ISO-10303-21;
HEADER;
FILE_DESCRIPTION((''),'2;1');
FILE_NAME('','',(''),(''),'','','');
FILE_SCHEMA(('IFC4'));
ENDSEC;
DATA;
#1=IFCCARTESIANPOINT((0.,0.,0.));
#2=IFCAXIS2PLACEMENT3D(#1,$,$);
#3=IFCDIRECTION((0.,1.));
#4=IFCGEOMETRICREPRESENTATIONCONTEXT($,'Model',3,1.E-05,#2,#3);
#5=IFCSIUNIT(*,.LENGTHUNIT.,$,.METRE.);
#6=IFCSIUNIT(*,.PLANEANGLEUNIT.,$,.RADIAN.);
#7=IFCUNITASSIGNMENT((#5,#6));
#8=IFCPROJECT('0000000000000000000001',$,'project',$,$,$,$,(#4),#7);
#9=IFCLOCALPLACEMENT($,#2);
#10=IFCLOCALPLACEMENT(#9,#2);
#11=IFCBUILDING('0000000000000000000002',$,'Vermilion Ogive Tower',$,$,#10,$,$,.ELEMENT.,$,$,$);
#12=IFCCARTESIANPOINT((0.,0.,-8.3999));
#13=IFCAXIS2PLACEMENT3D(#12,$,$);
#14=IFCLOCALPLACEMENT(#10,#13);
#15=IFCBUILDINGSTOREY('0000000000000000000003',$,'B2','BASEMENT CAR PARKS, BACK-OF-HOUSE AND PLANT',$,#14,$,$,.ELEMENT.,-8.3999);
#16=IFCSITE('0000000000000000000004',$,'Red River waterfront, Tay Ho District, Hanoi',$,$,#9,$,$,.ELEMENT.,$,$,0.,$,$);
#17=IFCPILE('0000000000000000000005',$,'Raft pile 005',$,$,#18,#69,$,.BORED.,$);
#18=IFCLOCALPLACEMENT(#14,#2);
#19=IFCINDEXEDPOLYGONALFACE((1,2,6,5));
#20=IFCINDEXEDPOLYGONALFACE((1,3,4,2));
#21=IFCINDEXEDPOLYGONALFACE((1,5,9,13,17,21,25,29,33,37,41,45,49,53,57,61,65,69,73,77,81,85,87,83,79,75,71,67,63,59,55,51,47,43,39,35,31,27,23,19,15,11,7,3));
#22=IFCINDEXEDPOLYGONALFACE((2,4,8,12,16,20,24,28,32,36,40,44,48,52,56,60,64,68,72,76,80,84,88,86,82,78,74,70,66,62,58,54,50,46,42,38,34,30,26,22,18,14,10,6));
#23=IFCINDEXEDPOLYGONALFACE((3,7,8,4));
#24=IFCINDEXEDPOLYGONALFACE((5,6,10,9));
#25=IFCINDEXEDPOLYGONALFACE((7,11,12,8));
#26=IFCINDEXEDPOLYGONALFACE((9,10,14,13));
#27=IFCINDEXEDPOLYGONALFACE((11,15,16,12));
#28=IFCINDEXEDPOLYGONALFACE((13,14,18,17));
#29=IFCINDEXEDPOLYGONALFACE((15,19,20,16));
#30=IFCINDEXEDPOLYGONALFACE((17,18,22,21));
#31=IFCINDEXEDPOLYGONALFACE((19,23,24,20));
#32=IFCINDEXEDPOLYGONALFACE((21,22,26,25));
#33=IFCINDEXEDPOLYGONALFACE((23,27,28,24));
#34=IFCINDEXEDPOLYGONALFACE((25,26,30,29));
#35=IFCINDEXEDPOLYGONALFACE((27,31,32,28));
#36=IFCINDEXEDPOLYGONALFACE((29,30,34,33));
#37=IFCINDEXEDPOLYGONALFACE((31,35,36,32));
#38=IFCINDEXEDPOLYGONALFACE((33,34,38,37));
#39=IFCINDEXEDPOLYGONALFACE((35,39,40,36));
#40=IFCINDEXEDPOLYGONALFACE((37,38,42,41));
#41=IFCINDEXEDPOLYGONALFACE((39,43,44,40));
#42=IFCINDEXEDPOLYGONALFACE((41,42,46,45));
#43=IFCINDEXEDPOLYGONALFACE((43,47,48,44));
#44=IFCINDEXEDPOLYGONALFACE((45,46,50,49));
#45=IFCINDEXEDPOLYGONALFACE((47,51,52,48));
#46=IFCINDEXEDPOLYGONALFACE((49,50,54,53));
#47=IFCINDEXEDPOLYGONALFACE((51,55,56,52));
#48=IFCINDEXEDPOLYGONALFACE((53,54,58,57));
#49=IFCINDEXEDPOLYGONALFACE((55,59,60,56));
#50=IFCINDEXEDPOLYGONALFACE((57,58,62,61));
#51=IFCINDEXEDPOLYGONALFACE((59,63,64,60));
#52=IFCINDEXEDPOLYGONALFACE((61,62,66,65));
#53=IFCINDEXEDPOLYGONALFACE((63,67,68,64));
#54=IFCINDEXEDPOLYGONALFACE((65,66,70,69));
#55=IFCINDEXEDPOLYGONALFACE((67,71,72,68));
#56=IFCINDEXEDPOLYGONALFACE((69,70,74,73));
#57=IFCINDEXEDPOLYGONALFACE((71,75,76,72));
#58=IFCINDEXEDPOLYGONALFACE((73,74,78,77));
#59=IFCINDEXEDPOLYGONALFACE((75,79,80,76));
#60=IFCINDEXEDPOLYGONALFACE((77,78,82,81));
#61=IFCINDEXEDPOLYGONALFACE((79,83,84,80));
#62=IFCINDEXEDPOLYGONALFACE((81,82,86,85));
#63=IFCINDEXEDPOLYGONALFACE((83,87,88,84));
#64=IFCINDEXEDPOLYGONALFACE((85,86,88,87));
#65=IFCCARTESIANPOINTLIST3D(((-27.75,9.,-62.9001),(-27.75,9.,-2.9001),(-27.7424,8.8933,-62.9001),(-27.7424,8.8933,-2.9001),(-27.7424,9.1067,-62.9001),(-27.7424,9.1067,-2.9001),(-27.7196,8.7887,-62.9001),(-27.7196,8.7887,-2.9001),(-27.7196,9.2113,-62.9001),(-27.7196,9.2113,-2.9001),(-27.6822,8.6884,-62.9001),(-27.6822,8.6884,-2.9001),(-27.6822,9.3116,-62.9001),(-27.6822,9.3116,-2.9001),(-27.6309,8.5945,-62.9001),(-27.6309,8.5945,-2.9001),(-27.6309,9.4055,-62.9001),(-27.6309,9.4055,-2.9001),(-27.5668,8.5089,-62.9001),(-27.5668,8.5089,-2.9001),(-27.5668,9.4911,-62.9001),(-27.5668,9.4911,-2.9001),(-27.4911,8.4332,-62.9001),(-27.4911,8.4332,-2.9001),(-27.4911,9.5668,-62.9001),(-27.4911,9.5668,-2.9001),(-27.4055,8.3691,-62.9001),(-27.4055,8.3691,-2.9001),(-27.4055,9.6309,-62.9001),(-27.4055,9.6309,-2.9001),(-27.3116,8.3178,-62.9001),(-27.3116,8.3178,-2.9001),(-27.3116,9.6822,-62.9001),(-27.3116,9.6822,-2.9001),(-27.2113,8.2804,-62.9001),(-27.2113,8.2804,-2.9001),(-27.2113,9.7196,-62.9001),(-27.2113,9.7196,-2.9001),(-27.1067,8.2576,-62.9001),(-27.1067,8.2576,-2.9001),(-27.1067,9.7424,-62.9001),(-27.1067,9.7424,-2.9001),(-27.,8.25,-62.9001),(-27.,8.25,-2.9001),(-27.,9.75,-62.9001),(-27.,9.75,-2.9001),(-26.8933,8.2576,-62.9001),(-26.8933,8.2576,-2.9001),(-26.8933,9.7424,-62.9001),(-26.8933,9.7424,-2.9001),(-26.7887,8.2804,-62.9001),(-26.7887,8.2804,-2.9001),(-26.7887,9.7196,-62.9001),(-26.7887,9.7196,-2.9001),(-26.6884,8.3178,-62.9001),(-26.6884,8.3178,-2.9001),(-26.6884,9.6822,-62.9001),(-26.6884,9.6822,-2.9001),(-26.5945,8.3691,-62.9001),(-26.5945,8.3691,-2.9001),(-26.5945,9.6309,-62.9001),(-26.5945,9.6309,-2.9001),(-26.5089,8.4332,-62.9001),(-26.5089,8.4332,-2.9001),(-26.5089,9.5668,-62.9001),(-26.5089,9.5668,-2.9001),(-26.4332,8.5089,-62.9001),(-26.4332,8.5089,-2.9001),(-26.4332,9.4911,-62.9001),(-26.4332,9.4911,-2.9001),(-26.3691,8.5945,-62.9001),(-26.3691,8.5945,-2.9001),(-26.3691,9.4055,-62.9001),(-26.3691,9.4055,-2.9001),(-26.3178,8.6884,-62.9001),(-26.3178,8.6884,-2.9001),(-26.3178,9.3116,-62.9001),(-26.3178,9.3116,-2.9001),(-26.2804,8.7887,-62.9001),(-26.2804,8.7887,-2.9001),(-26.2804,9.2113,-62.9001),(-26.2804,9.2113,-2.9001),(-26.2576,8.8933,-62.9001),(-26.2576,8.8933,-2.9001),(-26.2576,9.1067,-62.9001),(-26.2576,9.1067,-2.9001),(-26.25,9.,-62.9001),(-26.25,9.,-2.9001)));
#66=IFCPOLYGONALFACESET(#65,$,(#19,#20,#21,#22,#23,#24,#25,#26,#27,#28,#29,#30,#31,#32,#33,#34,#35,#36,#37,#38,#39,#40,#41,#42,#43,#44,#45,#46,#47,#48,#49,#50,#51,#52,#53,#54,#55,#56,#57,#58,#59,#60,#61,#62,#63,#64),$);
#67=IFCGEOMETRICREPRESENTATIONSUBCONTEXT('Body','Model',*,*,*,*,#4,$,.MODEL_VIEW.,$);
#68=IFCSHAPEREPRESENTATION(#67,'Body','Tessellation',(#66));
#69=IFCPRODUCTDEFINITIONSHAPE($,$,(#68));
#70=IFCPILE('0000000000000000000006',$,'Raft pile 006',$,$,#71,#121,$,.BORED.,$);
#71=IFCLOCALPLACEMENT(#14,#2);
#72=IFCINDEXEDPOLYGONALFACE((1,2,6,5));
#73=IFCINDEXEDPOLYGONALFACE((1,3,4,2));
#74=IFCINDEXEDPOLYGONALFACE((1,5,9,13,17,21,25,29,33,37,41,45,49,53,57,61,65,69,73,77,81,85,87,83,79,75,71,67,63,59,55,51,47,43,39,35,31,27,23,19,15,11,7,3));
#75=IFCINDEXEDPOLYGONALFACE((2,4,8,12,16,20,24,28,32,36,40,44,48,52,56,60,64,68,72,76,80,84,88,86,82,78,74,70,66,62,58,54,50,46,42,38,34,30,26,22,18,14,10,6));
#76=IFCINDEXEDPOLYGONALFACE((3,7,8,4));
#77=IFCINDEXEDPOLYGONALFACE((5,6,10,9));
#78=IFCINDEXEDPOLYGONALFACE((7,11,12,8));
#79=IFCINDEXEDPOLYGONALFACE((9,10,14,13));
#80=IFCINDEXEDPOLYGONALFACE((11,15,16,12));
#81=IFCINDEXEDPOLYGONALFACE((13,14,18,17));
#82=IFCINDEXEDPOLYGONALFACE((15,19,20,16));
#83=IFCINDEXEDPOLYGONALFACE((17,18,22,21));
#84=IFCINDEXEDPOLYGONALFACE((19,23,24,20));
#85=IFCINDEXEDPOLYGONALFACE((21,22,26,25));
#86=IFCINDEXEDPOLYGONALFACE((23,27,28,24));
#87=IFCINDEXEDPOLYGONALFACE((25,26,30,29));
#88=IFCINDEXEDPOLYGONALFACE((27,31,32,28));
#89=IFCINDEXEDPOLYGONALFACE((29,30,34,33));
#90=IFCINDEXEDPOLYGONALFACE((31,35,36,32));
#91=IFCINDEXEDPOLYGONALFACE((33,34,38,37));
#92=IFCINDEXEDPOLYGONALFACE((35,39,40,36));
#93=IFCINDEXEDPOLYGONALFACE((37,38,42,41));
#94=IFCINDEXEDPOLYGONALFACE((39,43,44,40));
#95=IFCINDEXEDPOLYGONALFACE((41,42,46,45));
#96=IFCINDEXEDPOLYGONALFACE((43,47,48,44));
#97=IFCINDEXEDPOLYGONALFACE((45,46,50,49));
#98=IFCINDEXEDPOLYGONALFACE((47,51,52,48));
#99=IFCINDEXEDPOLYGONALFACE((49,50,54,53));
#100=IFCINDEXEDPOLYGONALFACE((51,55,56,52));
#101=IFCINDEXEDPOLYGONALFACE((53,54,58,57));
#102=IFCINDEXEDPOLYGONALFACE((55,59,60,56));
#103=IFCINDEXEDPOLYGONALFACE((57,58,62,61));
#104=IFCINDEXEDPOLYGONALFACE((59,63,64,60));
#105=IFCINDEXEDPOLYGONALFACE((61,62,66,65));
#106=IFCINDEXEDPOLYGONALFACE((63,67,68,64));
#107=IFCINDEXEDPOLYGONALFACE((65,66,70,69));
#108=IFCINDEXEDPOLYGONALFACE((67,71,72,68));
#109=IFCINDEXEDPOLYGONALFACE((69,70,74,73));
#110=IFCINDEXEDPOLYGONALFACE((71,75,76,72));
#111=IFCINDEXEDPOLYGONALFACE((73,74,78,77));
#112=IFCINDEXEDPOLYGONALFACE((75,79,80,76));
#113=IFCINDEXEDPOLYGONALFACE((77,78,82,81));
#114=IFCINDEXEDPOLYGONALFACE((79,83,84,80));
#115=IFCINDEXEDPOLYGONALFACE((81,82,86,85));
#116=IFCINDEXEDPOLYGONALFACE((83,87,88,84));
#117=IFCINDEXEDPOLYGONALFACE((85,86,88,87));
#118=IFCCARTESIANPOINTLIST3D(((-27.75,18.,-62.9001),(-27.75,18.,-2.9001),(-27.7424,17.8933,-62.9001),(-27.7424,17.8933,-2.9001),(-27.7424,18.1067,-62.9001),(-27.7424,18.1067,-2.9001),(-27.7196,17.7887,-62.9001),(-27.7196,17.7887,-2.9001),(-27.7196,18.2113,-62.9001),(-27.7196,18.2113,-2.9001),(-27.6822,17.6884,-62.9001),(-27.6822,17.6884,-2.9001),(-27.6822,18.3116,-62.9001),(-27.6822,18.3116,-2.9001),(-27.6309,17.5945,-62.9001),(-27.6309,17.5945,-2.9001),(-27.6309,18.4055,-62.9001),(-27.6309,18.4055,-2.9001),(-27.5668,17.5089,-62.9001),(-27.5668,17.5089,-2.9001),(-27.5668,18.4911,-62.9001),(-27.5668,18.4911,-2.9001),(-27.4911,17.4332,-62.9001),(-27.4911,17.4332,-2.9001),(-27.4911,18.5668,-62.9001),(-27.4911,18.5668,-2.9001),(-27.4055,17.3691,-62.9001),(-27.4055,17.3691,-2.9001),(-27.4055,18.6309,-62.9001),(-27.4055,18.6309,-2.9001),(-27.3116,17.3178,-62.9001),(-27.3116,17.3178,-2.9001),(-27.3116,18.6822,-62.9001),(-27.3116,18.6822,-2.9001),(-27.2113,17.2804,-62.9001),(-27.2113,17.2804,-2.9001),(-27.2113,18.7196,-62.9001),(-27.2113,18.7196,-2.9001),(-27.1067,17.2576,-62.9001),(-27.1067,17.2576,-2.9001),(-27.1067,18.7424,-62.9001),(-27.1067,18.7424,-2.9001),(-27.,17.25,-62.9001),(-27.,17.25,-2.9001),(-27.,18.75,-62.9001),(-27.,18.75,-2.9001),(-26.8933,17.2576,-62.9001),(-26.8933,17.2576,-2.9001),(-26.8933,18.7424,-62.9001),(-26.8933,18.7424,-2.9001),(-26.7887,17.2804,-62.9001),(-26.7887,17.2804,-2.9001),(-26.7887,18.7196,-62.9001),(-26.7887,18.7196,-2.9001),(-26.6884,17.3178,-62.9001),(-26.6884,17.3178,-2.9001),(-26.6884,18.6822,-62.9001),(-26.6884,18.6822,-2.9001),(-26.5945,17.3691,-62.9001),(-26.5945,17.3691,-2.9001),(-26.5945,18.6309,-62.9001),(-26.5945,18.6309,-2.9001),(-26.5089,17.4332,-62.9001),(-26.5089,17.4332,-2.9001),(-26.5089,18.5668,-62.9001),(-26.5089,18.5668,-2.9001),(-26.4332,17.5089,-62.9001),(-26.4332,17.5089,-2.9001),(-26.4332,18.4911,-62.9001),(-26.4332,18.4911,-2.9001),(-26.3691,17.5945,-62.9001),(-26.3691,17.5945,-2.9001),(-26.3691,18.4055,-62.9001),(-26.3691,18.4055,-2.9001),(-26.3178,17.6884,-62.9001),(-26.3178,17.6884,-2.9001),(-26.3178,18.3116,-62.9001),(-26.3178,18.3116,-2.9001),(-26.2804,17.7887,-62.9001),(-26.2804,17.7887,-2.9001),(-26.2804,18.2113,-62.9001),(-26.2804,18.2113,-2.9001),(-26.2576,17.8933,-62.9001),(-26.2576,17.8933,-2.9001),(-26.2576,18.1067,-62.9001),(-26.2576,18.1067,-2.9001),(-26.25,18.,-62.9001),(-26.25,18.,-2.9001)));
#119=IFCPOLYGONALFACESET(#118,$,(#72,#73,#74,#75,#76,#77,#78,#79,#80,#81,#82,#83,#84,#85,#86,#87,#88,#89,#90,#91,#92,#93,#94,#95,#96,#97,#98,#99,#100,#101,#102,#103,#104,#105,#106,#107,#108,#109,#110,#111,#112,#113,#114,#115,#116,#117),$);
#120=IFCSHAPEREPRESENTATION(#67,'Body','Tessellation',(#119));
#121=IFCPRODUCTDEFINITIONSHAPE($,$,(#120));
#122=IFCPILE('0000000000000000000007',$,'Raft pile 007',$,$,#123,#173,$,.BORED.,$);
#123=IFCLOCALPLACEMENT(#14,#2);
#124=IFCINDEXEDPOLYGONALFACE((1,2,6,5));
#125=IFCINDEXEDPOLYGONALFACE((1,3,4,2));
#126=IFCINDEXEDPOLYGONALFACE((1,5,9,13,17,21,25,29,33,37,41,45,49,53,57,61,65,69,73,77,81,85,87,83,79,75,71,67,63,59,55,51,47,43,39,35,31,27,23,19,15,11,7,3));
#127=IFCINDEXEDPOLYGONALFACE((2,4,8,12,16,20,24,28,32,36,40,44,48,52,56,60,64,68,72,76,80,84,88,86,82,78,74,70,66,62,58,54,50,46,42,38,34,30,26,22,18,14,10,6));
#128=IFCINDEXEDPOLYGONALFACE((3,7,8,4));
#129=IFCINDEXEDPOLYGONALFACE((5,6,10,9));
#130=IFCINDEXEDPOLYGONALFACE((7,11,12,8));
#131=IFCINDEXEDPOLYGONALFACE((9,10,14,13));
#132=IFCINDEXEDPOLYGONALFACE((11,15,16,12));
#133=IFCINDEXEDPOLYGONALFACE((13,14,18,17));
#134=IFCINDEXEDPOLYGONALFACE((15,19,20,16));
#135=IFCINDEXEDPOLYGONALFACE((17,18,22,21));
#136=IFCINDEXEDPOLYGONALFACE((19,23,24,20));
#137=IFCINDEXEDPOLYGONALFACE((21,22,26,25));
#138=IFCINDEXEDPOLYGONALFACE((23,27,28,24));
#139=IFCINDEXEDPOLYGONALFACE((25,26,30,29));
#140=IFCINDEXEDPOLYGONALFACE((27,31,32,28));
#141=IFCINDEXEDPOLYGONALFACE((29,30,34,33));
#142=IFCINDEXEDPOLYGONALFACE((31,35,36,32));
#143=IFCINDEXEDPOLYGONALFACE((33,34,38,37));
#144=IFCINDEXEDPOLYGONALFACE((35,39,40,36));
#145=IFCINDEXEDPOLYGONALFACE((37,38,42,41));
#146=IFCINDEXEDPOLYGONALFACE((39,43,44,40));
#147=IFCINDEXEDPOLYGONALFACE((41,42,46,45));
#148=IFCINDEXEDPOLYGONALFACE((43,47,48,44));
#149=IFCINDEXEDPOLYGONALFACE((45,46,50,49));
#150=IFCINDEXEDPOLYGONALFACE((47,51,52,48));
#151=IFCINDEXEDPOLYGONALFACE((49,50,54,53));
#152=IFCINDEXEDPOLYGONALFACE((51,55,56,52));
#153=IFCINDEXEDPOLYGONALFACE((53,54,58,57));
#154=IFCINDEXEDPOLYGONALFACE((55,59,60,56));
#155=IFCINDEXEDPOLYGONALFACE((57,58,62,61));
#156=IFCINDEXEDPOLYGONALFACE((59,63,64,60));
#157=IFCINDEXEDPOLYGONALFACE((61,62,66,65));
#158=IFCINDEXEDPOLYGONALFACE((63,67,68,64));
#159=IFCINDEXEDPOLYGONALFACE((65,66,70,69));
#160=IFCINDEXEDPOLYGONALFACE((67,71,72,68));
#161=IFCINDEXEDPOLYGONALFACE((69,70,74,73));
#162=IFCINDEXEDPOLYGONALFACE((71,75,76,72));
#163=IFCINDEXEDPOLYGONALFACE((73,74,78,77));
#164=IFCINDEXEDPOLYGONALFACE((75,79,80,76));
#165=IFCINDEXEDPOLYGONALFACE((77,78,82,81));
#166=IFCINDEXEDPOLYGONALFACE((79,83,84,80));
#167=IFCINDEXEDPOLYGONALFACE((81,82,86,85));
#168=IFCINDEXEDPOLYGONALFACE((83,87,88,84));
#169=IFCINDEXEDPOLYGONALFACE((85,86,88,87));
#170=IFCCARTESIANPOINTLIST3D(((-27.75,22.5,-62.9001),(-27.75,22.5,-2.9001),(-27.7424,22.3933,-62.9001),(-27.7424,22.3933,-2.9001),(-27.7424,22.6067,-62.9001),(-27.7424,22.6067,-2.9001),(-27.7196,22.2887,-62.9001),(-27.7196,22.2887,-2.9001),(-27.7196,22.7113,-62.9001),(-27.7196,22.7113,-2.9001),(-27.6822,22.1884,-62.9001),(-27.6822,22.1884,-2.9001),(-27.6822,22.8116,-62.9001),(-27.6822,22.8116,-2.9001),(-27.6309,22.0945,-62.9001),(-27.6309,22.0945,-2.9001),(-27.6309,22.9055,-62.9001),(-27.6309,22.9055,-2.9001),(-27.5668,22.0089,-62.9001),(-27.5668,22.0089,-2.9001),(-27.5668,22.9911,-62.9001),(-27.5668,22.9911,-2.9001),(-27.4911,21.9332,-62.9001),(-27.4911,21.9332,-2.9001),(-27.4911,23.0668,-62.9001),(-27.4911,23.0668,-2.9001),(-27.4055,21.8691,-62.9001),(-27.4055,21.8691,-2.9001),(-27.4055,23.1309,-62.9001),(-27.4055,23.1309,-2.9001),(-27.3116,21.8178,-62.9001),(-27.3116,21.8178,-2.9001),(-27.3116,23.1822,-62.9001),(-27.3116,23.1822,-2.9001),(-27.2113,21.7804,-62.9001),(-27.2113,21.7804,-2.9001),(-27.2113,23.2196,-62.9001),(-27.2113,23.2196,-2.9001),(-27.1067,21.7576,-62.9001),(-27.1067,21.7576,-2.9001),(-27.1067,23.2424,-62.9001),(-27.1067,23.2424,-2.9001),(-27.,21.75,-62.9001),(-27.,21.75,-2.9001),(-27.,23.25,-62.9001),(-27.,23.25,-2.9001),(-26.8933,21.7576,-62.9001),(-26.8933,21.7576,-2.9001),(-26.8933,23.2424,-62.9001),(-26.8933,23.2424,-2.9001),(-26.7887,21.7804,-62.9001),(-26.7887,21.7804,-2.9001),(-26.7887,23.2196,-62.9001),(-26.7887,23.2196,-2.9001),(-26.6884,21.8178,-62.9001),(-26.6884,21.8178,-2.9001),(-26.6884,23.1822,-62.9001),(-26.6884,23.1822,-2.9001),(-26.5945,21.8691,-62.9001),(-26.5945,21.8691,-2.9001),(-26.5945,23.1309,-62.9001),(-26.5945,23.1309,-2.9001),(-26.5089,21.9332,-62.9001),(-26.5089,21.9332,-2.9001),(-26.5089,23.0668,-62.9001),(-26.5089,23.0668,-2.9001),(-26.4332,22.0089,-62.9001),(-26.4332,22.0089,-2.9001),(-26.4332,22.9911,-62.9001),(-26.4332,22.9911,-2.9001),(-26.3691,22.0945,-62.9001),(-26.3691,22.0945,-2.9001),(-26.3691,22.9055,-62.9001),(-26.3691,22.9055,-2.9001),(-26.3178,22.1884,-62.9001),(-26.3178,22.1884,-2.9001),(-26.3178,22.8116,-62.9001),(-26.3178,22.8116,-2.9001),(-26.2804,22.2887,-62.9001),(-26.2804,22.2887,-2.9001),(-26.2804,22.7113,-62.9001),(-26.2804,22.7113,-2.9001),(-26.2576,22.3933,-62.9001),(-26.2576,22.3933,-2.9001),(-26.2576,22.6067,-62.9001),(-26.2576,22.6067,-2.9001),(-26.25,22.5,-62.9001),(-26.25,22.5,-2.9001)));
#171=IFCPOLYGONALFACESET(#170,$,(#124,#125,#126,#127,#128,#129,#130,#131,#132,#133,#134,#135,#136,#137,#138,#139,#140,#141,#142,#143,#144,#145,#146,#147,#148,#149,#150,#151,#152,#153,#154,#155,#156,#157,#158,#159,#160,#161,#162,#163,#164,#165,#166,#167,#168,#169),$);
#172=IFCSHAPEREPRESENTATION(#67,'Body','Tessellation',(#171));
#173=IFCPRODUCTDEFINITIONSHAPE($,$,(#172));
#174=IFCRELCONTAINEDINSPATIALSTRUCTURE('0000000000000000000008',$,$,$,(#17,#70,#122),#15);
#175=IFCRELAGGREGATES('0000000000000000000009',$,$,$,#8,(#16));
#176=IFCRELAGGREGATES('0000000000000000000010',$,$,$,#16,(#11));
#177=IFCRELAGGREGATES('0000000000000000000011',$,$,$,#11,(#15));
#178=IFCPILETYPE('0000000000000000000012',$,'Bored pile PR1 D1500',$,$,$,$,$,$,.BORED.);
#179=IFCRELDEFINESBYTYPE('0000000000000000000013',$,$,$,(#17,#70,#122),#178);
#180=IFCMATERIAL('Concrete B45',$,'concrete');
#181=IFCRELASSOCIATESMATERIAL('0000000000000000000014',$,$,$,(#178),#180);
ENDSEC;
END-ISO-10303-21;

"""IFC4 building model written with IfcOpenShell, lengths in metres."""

from ifc_helpers import new_model, si_unit, direction, frame, origin, origin_2d, place, context, subcontext, project, spatial, circle, extrude, material, type_object, element, save


model = new_model("IFC4")

# Units and contexts
model_context = context("Model", 3, precision=1e-05, world=origin(), true_north=direction((0.0, 1.0)))
body_context = subcontext(model_context, "Body", "Model", "MODEL_VIEW")
ifc_project = project(units=[si_unit("LENGTHUNIT", "METRE"), si_unit("PLANEANGLEUNIT", "RADIAN")], contexts=[model_context])

# Site, building, storey
site_placement = place(None, origin())
site = spatial("IfcSite", under=ifc_project, at=site_placement, Name="Red River waterfront, Tay Ho District, Hanoi", CompositionType="ELEMENT", RefElevation=0.0)
building_placement = place(site_placement, origin())
building = spatial("IfcBuilding", under=site, at=building_placement, Name="Vermilion Ogive Tower", CompositionType="ELEMENT")
storey_placement = place(building_placement, frame((0.0, 0.0, -8.3999)))
storey = spatial("IfcBuildingStorey", under=building, at=storey_placement, Name="B2", Description="BASEMENT CAR PARKS, BACK-OF-HOUSE AND PLANT", CompositionType="ELEMENT", Elevation=-8.3999)

# Piles
ifc_material_1 = material(Name="Concrete B45", Category="concrete")
pile_type_1 = type_object("IfcPileType", Name="Bored pile PR1 D1500", PredefinedType="BORED", material=ifc_material_1)
for number, where, z_axis, x_axis, name in (
    (1, (-27.0, 9.0, -2.9001), (0.0, 0.0, -1.0), (1.0, 0.0, 0.0), "Raft pile 005"),
    (2, (-27.0, 18.0, -2.9001), (0.0, 0.0, -1.0), (1.0, 0.0, 0.0), "Raft pile 006"),
    (3, (-27.0, 22.5, -2.9001), (0.0, 0.0, -1.0), (1.0, 0.0, 0.0), "Raft pile 007"),
):
    element("IfcPile", number, at=place(storey_placement, frame(where, z_axis=z_axis, x_axis=x_axis)), inside=storey, type_object=pile_type_1, Name=name, PredefinedType="BORED", context=body_context, shape_type="SweptSolid", body=[
        extrude(circle(Radius=0.75, at=origin_2d()), origin(), (0.0, 0.0, 1.0), 60.0),
    ])

save(model, "model.ifc")
